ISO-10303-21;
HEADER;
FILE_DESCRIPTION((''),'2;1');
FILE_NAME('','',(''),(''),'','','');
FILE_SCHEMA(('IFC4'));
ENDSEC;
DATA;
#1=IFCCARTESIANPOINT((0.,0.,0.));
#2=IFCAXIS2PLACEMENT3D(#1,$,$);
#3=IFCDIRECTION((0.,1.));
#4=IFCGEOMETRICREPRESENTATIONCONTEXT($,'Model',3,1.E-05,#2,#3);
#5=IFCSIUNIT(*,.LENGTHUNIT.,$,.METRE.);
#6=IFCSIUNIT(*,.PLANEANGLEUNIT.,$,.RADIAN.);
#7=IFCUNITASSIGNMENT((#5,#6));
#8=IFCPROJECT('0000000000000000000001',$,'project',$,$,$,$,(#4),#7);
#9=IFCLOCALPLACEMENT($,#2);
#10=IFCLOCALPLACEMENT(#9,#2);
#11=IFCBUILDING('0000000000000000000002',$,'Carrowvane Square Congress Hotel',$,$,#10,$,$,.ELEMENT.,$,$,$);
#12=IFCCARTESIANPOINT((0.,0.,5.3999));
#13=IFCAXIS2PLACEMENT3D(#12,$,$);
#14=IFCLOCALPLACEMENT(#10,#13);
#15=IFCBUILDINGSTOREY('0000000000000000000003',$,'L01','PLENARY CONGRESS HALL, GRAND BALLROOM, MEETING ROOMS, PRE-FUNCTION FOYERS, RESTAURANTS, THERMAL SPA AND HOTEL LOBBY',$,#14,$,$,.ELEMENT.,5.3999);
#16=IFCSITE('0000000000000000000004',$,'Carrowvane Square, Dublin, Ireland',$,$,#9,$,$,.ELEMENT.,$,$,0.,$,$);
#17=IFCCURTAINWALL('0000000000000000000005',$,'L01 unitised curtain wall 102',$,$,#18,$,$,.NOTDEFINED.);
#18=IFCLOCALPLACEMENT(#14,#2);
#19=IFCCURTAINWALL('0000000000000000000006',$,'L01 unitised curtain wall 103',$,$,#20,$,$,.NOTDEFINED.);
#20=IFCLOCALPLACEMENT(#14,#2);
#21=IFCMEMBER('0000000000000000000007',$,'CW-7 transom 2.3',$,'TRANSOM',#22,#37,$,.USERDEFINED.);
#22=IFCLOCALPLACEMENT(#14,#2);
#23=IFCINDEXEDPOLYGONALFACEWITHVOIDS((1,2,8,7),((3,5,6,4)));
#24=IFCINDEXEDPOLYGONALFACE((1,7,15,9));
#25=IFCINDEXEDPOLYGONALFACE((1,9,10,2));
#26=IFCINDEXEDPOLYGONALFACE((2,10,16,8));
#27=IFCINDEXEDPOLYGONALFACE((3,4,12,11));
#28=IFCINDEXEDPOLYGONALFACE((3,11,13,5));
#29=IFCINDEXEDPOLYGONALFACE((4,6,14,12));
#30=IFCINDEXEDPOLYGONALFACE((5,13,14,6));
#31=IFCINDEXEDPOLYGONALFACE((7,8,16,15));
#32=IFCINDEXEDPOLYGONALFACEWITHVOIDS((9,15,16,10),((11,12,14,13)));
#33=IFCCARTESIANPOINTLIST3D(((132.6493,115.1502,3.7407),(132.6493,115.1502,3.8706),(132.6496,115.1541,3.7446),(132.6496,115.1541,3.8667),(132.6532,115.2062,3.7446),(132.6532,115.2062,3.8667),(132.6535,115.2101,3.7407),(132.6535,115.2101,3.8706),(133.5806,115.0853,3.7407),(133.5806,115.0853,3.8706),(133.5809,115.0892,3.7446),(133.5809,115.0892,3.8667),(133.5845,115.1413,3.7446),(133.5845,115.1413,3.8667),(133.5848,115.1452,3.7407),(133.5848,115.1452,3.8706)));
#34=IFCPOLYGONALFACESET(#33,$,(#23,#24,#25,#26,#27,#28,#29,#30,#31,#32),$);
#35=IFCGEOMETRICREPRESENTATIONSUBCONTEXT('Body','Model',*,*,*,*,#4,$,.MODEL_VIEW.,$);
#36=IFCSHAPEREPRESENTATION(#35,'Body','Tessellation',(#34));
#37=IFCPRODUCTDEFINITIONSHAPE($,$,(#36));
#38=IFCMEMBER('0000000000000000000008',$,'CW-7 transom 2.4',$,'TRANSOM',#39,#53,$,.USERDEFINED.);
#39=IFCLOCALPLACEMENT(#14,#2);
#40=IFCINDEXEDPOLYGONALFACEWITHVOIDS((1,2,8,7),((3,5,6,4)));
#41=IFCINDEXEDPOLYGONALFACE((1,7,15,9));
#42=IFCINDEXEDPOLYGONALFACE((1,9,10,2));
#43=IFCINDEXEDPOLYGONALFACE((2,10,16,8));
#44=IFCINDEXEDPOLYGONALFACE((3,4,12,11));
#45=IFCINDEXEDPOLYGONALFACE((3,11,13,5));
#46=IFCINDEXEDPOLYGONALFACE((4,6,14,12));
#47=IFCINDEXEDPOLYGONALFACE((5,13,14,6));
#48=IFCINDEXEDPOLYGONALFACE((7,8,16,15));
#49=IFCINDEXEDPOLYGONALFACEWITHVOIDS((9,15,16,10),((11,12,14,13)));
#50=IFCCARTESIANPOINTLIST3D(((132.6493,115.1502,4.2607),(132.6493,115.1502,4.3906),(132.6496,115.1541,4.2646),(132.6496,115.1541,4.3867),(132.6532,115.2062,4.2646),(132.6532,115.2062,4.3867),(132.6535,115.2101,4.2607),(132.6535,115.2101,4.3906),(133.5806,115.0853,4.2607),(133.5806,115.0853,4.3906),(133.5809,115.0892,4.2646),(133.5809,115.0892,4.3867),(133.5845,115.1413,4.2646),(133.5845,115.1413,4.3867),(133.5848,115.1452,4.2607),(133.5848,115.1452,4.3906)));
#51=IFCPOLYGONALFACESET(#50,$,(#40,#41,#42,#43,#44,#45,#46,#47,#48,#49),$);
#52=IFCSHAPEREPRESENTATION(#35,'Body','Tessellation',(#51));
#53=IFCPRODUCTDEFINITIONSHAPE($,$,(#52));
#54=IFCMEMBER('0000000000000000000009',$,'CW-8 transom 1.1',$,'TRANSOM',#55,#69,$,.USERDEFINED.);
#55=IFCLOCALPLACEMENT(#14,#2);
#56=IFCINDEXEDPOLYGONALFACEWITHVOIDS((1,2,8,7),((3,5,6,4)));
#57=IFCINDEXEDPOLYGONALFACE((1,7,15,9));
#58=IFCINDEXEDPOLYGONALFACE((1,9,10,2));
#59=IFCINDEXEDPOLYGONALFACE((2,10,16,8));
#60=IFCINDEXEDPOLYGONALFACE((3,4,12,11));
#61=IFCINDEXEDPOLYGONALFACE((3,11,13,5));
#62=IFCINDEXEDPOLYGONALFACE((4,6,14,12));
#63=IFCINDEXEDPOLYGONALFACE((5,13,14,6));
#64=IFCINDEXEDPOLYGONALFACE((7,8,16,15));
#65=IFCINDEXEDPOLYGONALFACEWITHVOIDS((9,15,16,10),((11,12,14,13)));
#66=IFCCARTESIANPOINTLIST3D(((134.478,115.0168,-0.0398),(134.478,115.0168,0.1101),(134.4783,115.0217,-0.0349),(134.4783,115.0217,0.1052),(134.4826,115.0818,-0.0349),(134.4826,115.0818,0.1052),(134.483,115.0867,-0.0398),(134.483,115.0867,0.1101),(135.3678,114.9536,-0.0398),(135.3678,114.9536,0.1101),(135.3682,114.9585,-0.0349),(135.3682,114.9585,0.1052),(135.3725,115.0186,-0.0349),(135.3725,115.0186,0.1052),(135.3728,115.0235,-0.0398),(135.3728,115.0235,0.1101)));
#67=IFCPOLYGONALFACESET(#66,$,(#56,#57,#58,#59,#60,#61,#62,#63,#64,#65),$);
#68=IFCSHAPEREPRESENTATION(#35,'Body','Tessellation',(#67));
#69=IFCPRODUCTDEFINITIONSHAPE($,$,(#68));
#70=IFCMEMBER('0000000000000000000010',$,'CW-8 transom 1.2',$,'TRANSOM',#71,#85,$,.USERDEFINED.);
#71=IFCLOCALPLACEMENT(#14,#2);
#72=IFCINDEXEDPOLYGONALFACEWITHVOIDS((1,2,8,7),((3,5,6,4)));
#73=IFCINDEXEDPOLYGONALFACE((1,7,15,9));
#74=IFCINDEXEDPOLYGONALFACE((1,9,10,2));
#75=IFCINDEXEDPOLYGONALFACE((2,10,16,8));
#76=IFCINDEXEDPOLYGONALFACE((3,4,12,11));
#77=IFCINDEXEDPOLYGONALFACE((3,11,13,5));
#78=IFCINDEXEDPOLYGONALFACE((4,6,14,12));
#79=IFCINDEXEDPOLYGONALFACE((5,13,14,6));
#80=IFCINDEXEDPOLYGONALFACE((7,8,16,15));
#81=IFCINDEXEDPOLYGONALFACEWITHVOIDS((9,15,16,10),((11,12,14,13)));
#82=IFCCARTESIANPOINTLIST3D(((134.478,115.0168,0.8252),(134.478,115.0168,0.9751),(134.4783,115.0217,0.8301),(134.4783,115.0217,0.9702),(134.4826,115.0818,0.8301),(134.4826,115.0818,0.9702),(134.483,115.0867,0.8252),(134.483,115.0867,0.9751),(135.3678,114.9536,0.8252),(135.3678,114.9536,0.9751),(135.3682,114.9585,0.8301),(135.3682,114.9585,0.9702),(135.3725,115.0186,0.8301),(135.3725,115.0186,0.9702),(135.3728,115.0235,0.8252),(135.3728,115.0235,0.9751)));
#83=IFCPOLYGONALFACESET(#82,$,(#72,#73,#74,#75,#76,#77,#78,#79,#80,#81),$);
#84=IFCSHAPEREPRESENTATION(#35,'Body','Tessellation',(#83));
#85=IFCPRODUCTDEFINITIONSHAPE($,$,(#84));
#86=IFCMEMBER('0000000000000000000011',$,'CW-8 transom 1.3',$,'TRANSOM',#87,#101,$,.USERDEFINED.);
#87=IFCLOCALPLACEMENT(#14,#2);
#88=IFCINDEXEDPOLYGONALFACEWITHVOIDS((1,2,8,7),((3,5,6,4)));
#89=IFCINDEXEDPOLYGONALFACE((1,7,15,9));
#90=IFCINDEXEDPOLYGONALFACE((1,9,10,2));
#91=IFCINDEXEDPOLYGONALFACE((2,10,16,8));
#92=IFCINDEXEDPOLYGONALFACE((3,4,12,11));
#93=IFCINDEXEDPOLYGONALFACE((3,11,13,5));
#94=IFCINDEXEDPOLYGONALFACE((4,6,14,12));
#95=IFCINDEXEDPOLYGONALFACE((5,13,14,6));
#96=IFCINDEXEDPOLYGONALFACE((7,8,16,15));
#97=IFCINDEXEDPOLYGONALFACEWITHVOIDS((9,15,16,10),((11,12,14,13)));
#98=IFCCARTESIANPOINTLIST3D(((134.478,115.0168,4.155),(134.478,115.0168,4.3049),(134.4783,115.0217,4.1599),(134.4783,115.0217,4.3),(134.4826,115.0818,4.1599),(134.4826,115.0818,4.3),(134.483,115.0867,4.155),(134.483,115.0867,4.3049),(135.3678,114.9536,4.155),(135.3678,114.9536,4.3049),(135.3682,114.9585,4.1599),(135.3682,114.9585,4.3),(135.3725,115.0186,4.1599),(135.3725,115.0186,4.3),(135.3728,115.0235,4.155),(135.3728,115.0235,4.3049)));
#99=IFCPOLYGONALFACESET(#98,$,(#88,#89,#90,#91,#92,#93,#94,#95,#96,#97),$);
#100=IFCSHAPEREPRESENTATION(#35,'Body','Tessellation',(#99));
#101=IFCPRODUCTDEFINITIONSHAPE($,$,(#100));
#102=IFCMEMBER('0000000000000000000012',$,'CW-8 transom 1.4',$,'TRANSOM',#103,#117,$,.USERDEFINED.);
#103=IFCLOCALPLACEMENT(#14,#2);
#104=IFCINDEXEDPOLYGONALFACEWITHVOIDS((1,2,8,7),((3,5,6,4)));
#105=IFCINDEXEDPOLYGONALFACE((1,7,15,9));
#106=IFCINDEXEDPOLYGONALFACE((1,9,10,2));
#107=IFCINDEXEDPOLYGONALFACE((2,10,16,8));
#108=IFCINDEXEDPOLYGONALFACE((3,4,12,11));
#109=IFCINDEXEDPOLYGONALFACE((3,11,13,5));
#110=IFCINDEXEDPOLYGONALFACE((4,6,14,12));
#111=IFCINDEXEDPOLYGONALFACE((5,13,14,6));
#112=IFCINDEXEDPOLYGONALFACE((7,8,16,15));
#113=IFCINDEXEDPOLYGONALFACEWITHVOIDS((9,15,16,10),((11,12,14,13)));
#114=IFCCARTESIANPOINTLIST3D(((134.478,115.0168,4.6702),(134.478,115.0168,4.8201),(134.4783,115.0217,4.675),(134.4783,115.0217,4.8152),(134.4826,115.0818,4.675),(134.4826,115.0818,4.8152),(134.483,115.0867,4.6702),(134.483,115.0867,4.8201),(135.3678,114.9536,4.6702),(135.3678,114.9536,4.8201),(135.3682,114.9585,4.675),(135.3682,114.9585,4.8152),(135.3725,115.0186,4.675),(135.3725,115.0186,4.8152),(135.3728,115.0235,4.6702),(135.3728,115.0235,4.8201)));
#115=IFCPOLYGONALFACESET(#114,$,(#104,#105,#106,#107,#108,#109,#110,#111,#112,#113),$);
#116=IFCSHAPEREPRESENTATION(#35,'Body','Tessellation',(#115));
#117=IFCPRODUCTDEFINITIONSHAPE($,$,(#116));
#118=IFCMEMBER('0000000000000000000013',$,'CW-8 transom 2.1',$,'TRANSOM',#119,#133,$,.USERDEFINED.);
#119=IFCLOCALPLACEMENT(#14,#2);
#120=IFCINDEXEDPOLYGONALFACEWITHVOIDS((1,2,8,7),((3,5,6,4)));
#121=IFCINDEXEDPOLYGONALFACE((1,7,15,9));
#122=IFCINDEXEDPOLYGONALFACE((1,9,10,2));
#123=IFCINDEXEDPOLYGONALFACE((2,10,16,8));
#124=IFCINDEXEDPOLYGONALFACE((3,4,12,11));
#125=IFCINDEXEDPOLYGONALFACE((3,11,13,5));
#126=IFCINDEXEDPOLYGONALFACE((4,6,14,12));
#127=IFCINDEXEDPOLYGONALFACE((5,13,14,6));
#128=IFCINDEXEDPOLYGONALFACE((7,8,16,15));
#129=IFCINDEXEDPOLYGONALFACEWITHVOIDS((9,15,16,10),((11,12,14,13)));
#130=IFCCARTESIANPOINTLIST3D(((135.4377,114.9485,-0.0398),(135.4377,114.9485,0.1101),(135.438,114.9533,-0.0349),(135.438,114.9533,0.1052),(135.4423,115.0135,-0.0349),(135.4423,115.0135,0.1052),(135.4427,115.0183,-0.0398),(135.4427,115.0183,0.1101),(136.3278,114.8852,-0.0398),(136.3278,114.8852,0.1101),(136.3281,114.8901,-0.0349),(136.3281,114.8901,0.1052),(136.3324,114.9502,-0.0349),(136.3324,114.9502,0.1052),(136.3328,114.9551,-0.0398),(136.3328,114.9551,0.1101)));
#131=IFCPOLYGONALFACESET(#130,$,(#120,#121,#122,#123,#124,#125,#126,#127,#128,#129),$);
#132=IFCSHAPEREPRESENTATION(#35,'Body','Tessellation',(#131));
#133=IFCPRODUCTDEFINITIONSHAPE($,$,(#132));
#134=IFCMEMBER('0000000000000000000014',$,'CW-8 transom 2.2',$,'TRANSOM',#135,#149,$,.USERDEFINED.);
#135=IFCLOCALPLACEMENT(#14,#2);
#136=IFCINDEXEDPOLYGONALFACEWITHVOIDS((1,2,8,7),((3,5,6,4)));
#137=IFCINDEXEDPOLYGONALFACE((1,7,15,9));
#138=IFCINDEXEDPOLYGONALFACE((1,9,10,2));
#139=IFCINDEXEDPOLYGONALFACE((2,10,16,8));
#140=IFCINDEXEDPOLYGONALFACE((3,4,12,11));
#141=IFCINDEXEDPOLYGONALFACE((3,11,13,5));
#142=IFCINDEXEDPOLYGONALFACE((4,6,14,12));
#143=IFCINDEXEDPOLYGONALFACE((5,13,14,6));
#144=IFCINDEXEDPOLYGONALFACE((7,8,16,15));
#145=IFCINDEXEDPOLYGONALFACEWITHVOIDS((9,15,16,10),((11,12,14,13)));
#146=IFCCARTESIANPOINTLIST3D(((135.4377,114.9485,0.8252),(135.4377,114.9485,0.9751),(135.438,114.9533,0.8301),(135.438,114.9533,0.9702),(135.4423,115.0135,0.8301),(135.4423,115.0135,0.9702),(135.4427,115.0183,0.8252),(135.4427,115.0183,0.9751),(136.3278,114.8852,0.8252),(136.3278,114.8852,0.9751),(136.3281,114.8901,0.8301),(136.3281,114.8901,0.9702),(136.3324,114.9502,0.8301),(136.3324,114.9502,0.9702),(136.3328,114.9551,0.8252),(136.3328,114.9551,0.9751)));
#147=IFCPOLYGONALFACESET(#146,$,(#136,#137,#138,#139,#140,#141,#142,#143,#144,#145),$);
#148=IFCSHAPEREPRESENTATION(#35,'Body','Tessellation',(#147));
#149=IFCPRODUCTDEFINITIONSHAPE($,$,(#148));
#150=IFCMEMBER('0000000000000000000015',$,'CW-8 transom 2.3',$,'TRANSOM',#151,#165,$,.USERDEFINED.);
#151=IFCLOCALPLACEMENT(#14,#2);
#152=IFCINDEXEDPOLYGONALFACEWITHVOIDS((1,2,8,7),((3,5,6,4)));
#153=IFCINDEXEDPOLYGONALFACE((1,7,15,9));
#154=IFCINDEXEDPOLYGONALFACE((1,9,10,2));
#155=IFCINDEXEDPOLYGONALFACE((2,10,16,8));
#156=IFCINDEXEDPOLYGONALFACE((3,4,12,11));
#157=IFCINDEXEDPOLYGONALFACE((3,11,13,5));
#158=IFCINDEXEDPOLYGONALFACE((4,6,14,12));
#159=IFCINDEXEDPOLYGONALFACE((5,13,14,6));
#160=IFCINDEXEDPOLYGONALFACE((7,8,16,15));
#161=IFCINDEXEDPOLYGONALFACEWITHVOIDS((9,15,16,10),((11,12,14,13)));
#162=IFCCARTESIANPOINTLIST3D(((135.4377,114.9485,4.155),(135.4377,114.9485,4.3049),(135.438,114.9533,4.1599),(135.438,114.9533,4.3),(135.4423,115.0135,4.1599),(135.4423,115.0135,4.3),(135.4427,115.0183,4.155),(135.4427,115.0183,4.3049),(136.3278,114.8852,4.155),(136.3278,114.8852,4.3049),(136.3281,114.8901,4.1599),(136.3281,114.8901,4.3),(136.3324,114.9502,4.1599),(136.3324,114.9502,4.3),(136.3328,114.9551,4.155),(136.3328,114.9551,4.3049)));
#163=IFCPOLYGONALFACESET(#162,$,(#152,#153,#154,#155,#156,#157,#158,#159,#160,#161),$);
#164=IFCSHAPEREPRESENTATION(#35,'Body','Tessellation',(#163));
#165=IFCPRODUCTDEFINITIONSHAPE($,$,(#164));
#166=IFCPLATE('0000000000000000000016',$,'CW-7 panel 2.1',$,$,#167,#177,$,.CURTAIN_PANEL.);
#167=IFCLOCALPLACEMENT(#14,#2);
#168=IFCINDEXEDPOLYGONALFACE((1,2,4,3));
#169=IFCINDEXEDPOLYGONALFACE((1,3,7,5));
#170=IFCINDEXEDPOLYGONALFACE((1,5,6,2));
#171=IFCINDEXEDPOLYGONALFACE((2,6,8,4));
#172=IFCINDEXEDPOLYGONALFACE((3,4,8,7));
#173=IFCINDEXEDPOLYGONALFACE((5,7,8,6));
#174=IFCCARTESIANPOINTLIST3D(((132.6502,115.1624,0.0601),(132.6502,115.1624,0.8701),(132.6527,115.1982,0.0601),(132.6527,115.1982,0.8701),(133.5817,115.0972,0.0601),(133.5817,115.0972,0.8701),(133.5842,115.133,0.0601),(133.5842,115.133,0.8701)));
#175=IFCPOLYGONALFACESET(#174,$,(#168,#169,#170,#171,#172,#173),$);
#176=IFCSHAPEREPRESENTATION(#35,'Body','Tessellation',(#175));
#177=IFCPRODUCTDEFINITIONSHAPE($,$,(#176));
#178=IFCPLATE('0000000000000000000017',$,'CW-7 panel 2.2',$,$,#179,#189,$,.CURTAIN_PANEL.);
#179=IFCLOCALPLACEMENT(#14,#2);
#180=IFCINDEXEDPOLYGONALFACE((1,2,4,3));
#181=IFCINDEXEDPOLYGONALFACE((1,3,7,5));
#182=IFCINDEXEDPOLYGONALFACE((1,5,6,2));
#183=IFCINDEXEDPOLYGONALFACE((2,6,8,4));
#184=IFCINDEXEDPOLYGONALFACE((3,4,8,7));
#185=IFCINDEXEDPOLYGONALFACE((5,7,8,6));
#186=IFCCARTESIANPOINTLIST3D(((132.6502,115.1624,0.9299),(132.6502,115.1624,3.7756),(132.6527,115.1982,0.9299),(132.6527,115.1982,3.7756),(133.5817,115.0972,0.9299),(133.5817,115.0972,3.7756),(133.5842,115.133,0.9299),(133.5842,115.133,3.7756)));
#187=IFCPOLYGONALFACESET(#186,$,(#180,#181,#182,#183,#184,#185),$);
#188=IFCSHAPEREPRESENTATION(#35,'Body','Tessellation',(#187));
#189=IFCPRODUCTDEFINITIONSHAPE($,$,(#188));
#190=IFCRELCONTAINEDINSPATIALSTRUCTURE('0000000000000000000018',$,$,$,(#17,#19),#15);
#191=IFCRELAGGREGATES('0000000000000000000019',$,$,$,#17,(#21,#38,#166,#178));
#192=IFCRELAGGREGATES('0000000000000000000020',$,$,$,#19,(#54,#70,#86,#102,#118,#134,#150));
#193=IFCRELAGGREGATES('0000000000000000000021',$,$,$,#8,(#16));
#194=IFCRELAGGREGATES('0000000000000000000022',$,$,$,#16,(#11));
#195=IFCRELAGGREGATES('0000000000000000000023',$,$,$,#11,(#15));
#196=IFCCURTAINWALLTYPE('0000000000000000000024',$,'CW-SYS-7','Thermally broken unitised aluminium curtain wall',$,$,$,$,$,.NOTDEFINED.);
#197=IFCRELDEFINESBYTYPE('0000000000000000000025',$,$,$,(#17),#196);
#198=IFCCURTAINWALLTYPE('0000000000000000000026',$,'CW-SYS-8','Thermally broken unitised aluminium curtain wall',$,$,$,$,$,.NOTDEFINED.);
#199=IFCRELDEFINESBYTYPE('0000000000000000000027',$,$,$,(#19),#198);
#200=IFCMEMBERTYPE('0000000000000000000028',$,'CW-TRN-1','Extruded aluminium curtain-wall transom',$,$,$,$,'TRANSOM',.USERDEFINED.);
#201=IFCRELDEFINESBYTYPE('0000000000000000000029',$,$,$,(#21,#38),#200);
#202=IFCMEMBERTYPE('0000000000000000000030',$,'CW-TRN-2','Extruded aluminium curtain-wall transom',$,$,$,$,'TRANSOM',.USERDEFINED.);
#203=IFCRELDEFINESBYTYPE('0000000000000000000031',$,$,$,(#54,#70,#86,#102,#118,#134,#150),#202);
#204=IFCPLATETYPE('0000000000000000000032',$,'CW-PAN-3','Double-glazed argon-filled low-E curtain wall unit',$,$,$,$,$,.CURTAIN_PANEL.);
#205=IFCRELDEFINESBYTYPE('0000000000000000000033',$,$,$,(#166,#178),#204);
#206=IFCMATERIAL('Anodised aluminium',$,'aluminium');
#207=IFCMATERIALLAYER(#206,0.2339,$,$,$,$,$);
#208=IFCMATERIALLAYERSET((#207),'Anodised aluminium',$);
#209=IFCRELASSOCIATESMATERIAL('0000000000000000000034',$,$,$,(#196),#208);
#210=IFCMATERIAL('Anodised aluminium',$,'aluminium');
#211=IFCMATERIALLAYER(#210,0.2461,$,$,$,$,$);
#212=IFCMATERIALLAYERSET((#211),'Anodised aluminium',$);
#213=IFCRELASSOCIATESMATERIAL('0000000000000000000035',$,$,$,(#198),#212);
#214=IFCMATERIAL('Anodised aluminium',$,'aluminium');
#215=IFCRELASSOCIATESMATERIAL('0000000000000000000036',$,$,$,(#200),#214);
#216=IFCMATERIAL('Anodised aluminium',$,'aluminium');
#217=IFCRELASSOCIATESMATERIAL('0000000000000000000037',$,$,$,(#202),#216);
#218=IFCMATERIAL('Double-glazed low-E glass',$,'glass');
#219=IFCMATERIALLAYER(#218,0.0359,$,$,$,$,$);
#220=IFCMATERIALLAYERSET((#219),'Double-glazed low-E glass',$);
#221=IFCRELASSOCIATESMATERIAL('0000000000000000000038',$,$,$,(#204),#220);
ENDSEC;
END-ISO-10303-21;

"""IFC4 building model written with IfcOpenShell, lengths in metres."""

from ifc_helpers import new_model, si_unit, direction, frame, origin, origin_2d, place, context, subcontext, project, spatial, rectangle, hollow_rectangle, extrude, material, layer, layer_set, material_profile, profile_set, type_object, element, aggregate, save


model = new_model("IFC4")

# Units and contexts
model_context = context("Model", 3, precision=1e-05, world=origin(), true_north=direction((0.0, 1.0)))
body_context = subcontext(model_context, "Body", "Model", "MODEL_VIEW")
ifc_project = project(units=[si_unit("LENGTHUNIT", "METRE"), si_unit("PLANEANGLEUNIT", "RADIAN")], contexts=[model_context])

# Site, building, storey
site_placement = place(None, origin())
site = spatial("IfcSite", under=ifc_project, at=site_placement, Name="Carrowvane Square, Dublin, Ireland", CompositionType="ELEMENT", RefElevation=0.0)
building_placement = place(site_placement, origin())
building = spatial("IfcBuilding", under=site, at=building_placement, Name="Carrowvane Square Congress Hotel", CompositionType="ELEMENT")
storey_placement = place(building_placement, frame((0.0, 0.0, 5.3999)))
storey = spatial("IfcBuildingStorey", under=building, at=storey_placement, Name="L01", Description="PLENARY CONGRESS HALL, GRAND BALLROOM, MEETING ROOMS, PRE-FUNCTION FOYERS, RESTAURANTS, THERMAL SPA AND HOTEL LOBBY", CompositionType="ELEMENT", Elevation=5.3999)

# Curtain wall
ifc_material_1 = material(Name="Anodised aluminium", Category="aluminium")
ifc_layer_1 = layer(ifc_material_1, 0.2339)
ifc_layer_set_1 = layer_set([ifc_layer_1], Name="Anodised aluminium")
curtain_wall_type_1 = type_object("IfcCurtainWallType", Name="CW-SYS-7", Description="Thermally broken unitised aluminium curtain wall", PredefinedType="NOTDEFINED", material=ifc_layer_set_1)
curtain_wall_1_placement = place(storey_placement, origin())
curtain_wall_1 = element("IfcCurtainWall", 1, at=curtain_wall_1_placement, inside=storey, type_object=curtain_wall_type_1, Name="L01 unitised curtain wall 102", PredefinedType="NOTDEFINED")

# Curtain wall
ifc_material_2 = material(Name="Anodised aluminium", Category="aluminium")
ifc_layer_2 = layer(ifc_material_2, 0.2461)
ifc_layer_set_2 = layer_set([ifc_layer_2], Name="Anodised aluminium")
curtain_wall_type_2 = type_object("IfcCurtainWallType", Name="CW-SYS-8", Description="Thermally broken unitised aluminium curtain wall", PredefinedType="NOTDEFINED", material=ifc_layer_set_2)
curtain_wall_2_placement = place(storey_placement, origin())
curtain_wall_2 = element("IfcCurtainWall", 2, at=curtain_wall_2_placement, inside=storey, type_object=curtain_wall_type_2, Name="L01 unitised curtain wall 103", PredefinedType="NOTDEFINED")

# Members
ifc_material_3 = material(Name="Anodised aluminium", Category="aluminium")
ifc_material_profile_1 = material_profile(ifc_material_3, hollow_rectangle(XDim=0.0601, YDim=0.1299, WallThickness=0.0039, at=origin_2d()), Name="CW-TR 60x130x4")
ifc_profile_set_1 = profile_set([ifc_material_profile_1], Name="Anodised aluminium")
member_type_1 = type_object("IfcMemberType", Name="CW-TRN-1", Description="Extruded aluminium curtain-wall transom", ElementType="TRANSOM", PredefinedType="USERDEFINED", material=ifc_profile_set_1)
member_1_placement = place(storey_placement, frame((132.6514, 115.1802, 3.8057), z_axis=(0.997578, -0.069556, 0.0), x_axis=(0.069556, 0.997578, 0.0)))
member_1 = element("IfcMember", 3, at=member_1_placement, type_object=member_type_1, Name="CW-7 transom 2.3", ObjectType="TRANSOM", PredefinedType="USERDEFINED", context=body_context, shape_type="SweptSolid", body=[
    extrude(hollow_rectangle(XDim=0.0601, YDim=0.1299, WallThickness=0.0039, at=origin_2d()), origin(), (0.0, 0.0, 1.0), 0.9336),
])
member_2_placement = place(storey_placement, frame((132.6514, 115.1802, 4.3257), z_axis=(0.997578, -0.069556, 0.0), x_axis=(0.069556, 0.997578, 0.0)))
member_2 = element("IfcMember", 4, at=member_2_placement, type_object=member_type_1, Name="CW-7 transom 2.4", ObjectType="TRANSOM", PredefinedType="USERDEFINED", context=body_context, shape_type="SweptSolid", body=[
    extrude(hollow_rectangle(XDim=0.0601, YDim=0.1299, WallThickness=0.0039, at=origin_2d()), origin(), (0.0, 0.0, 1.0), 0.9336),
])
ifc_material_4 = material(Name="Anodised aluminium", Category="aluminium")
ifc_material_profile_2 = material_profile(ifc_material_4, hollow_rectangle(XDim=0.0701, YDim=0.1499, WallThickness=0.0049, at=origin_2d()), Name="CW-TR 70x150x5")
ifc_profile_set_2 = profile_set([ifc_material_profile_2], Name="Anodised aluminium")
member_type_2 = type_object("IfcMemberType", Name="CW-TRN-2", Description="Extruded aluminium curtain-wall transom", ElementType="TRANSOM", PredefinedType="USERDEFINED", material=ifc_profile_set_2)
member_3_placement = place(storey_placement, frame((134.4805, 115.0518, 0.0352), z_axis=(0.997485, -0.070878, 0.0), x_axis=(0.070878, 0.997485, 0.0)))
member_3 = element("IfcMember", 5, at=member_3_placement, type_object=member_type_2, Name="CW-8 transom 1.1", ObjectType="TRANSOM", PredefinedType="USERDEFINED", context=body_context, shape_type="SweptSolid", body=[
    extrude(hollow_rectangle(XDim=0.0701, YDim=0.1499, WallThickness=0.0049, at=origin_2d()), origin(), (0.0, 0.0, 1.0), 0.8921),
])
member_4_placement = place(storey_placement, frame((134.4805, 115.0518, 0.9001), z_axis=(0.997485, -0.070878, 0.0), x_axis=(0.070878, 0.997485, 0.0)))
member_4 = element("IfcMember", 6, at=member_4_placement, type_object=member_type_2, Name="CW-8 transom 1.2", ObjectType="TRANSOM", PredefinedType="USERDEFINED", context=body_context, shape_type="SweptSolid", body=[
    extrude(hollow_rectangle(XDim=0.0701, YDim=0.1499, WallThickness=0.0049, at=origin_2d()), origin(), (0.0, 0.0, 1.0), 0.8921),
])
member_5_placement = place(storey_placement, frame((134.4805, 115.0518, 4.23), z_axis=(0.997485, -0.070878, 0.0), x_axis=(0.070878, 0.997485, 0.0)))
member_5 = element("IfcMember", 7, at=member_5_placement, type_object=member_type_2, Name="CW-8 transom 1.3", ObjectType="TRANSOM", PredefinedType="USERDEFINED", context=body_context, shape_type="SweptSolid", body=[
    extrude(hollow_rectangle(XDim=0.0701, YDim=0.1499, WallThickness=0.0049, at=origin_2d()), origin(), (0.0, 0.0, 1.0), 0.8921),
])
member_6_placement = place(storey_placement, frame((134.4805, 115.0518, 4.7451), z_axis=(0.997485, -0.070878, 0.0), x_axis=(0.070878, 0.997485, 0.0)))
member_6 = element("IfcMember", 8, at=member_6_placement, type_object=member_type_2, Name="CW-8 transom 1.4", ObjectType="TRANSOM", PredefinedType="USERDEFINED", context=body_context, shape_type="SweptSolid", body=[
    extrude(hollow_rectangle(XDim=0.0701, YDim=0.1499, WallThickness=0.0049, at=origin_2d()), origin(), (0.0, 0.0, 1.0), 0.8921),
])
member_7_placement = place(storey_placement, frame((135.4402, 114.9834, 0.0352), z_axis=(0.997486, -0.070858, 0.0), x_axis=(0.070858, 0.997486, 0.0)))
member_7 = element("IfcMember", 9, at=member_7_placement, type_object=member_type_2, Name="CW-8 transom 2.1", ObjectType="TRANSOM", PredefinedType="USERDEFINED", context=body_context, shape_type="SweptSolid", body=[
    extrude(hollow_rectangle(XDim=0.0701, YDim=0.1499, WallThickness=0.0049, at=origin_2d()), origin(), (0.0, 0.0, 1.0), 0.8923),
])
member_8_placement = place(storey_placement, frame((135.4402, 114.9834, 0.9001), z_axis=(0.997486, -0.070858, 0.0), x_axis=(0.070858, 0.997486, 0.0)))
member_8 = element("IfcMember", 10, at=member_8_placement, type_object=member_type_2, Name="CW-8 transom 2.2", ObjectType="TRANSOM", PredefinedType="USERDEFINED", context=body_context, shape_type="SweptSolid", body=[
    extrude(hollow_rectangle(XDim=0.0701, YDim=0.1499, WallThickness=0.0049, at=origin_2d()), origin(), (0.0, 0.0, 1.0), 0.8923),
])
member_9_placement = place(storey_placement, frame((135.4402, 114.9834, 4.23), z_axis=(0.997486, -0.070858, 0.0), x_axis=(0.070858, 0.997486, 0.0)))
member_9 = element("IfcMember", 11, at=member_9_placement, type_object=member_type_2, Name="CW-8 transom 2.3", ObjectType="TRANSOM", PredefinedType="USERDEFINED", context=body_context, shape_type="SweptSolid", body=[
    extrude(hollow_rectangle(XDim=0.0701, YDim=0.1499, WallThickness=0.0049, at=origin_2d()), origin(), (0.0, 0.0, 1.0), 0.8923),
])

# Plates
ifc_material_5 = material(Name="Double-glazed low-E glass", Category="glass")
ifc_layer_3 = layer(ifc_material_5, 0.0359)
ifc_layer_set_3 = layer_set([ifc_layer_3], Name="Double-glazed low-E glass")
plate_type_1 = type_object("IfcPlateType", Name="CW-PAN-3", Description="Double-glazed argon-filled low-E curtain wall unit", PredefinedType="CURTAIN_PANEL", material=ifc_layer_set_3)
plate_1_placement = place(storey_placement, frame((133.1172, 115.1477, 0.0601), z_axis=(0.0, 0.0, 1.0), x_axis=(0.997566, -0.069727, 0.0)))
plate_1 = element("IfcPlate", 12, at=plate_1_placement, type_object=plate_type_1, Name="CW-7 panel 2.1", PredefinedType="CURTAIN_PANEL", context=body_context, shape_type="SweptSolid", body=[
    extrude(rectangle(XDim=0.9338, YDim=0.0359, at=origin_2d()), origin(), (0.0, 0.0, 1.0), 0.8101),
])
plate_2_placement = place(storey_placement, frame((133.1172, 115.1477, 0.9299), z_axis=(0.0, 0.0, 1.0), x_axis=(0.997566, -0.069727, 0.0)))
plate_2 = element("IfcPlate", 13, at=plate_2_placement, type_object=plate_type_1, Name="CW-7 panel 2.2", PredefinedType="CURTAIN_PANEL", context=body_context, shape_type="SweptSolid", body=[
    extrude(rectangle(XDim=0.9338, YDim=0.0359, at=origin_2d()), origin(), (0.0, 0.0, 1.0), 2.8457),
])
aggregate(curtain_wall_1, [member_1, member_2, plate_1, plate_2])
aggregate(curtain_wall_2, [member_3, member_4, member_5, member_6, member_7, member_8, member_9])

save(model, "model.ifc")
